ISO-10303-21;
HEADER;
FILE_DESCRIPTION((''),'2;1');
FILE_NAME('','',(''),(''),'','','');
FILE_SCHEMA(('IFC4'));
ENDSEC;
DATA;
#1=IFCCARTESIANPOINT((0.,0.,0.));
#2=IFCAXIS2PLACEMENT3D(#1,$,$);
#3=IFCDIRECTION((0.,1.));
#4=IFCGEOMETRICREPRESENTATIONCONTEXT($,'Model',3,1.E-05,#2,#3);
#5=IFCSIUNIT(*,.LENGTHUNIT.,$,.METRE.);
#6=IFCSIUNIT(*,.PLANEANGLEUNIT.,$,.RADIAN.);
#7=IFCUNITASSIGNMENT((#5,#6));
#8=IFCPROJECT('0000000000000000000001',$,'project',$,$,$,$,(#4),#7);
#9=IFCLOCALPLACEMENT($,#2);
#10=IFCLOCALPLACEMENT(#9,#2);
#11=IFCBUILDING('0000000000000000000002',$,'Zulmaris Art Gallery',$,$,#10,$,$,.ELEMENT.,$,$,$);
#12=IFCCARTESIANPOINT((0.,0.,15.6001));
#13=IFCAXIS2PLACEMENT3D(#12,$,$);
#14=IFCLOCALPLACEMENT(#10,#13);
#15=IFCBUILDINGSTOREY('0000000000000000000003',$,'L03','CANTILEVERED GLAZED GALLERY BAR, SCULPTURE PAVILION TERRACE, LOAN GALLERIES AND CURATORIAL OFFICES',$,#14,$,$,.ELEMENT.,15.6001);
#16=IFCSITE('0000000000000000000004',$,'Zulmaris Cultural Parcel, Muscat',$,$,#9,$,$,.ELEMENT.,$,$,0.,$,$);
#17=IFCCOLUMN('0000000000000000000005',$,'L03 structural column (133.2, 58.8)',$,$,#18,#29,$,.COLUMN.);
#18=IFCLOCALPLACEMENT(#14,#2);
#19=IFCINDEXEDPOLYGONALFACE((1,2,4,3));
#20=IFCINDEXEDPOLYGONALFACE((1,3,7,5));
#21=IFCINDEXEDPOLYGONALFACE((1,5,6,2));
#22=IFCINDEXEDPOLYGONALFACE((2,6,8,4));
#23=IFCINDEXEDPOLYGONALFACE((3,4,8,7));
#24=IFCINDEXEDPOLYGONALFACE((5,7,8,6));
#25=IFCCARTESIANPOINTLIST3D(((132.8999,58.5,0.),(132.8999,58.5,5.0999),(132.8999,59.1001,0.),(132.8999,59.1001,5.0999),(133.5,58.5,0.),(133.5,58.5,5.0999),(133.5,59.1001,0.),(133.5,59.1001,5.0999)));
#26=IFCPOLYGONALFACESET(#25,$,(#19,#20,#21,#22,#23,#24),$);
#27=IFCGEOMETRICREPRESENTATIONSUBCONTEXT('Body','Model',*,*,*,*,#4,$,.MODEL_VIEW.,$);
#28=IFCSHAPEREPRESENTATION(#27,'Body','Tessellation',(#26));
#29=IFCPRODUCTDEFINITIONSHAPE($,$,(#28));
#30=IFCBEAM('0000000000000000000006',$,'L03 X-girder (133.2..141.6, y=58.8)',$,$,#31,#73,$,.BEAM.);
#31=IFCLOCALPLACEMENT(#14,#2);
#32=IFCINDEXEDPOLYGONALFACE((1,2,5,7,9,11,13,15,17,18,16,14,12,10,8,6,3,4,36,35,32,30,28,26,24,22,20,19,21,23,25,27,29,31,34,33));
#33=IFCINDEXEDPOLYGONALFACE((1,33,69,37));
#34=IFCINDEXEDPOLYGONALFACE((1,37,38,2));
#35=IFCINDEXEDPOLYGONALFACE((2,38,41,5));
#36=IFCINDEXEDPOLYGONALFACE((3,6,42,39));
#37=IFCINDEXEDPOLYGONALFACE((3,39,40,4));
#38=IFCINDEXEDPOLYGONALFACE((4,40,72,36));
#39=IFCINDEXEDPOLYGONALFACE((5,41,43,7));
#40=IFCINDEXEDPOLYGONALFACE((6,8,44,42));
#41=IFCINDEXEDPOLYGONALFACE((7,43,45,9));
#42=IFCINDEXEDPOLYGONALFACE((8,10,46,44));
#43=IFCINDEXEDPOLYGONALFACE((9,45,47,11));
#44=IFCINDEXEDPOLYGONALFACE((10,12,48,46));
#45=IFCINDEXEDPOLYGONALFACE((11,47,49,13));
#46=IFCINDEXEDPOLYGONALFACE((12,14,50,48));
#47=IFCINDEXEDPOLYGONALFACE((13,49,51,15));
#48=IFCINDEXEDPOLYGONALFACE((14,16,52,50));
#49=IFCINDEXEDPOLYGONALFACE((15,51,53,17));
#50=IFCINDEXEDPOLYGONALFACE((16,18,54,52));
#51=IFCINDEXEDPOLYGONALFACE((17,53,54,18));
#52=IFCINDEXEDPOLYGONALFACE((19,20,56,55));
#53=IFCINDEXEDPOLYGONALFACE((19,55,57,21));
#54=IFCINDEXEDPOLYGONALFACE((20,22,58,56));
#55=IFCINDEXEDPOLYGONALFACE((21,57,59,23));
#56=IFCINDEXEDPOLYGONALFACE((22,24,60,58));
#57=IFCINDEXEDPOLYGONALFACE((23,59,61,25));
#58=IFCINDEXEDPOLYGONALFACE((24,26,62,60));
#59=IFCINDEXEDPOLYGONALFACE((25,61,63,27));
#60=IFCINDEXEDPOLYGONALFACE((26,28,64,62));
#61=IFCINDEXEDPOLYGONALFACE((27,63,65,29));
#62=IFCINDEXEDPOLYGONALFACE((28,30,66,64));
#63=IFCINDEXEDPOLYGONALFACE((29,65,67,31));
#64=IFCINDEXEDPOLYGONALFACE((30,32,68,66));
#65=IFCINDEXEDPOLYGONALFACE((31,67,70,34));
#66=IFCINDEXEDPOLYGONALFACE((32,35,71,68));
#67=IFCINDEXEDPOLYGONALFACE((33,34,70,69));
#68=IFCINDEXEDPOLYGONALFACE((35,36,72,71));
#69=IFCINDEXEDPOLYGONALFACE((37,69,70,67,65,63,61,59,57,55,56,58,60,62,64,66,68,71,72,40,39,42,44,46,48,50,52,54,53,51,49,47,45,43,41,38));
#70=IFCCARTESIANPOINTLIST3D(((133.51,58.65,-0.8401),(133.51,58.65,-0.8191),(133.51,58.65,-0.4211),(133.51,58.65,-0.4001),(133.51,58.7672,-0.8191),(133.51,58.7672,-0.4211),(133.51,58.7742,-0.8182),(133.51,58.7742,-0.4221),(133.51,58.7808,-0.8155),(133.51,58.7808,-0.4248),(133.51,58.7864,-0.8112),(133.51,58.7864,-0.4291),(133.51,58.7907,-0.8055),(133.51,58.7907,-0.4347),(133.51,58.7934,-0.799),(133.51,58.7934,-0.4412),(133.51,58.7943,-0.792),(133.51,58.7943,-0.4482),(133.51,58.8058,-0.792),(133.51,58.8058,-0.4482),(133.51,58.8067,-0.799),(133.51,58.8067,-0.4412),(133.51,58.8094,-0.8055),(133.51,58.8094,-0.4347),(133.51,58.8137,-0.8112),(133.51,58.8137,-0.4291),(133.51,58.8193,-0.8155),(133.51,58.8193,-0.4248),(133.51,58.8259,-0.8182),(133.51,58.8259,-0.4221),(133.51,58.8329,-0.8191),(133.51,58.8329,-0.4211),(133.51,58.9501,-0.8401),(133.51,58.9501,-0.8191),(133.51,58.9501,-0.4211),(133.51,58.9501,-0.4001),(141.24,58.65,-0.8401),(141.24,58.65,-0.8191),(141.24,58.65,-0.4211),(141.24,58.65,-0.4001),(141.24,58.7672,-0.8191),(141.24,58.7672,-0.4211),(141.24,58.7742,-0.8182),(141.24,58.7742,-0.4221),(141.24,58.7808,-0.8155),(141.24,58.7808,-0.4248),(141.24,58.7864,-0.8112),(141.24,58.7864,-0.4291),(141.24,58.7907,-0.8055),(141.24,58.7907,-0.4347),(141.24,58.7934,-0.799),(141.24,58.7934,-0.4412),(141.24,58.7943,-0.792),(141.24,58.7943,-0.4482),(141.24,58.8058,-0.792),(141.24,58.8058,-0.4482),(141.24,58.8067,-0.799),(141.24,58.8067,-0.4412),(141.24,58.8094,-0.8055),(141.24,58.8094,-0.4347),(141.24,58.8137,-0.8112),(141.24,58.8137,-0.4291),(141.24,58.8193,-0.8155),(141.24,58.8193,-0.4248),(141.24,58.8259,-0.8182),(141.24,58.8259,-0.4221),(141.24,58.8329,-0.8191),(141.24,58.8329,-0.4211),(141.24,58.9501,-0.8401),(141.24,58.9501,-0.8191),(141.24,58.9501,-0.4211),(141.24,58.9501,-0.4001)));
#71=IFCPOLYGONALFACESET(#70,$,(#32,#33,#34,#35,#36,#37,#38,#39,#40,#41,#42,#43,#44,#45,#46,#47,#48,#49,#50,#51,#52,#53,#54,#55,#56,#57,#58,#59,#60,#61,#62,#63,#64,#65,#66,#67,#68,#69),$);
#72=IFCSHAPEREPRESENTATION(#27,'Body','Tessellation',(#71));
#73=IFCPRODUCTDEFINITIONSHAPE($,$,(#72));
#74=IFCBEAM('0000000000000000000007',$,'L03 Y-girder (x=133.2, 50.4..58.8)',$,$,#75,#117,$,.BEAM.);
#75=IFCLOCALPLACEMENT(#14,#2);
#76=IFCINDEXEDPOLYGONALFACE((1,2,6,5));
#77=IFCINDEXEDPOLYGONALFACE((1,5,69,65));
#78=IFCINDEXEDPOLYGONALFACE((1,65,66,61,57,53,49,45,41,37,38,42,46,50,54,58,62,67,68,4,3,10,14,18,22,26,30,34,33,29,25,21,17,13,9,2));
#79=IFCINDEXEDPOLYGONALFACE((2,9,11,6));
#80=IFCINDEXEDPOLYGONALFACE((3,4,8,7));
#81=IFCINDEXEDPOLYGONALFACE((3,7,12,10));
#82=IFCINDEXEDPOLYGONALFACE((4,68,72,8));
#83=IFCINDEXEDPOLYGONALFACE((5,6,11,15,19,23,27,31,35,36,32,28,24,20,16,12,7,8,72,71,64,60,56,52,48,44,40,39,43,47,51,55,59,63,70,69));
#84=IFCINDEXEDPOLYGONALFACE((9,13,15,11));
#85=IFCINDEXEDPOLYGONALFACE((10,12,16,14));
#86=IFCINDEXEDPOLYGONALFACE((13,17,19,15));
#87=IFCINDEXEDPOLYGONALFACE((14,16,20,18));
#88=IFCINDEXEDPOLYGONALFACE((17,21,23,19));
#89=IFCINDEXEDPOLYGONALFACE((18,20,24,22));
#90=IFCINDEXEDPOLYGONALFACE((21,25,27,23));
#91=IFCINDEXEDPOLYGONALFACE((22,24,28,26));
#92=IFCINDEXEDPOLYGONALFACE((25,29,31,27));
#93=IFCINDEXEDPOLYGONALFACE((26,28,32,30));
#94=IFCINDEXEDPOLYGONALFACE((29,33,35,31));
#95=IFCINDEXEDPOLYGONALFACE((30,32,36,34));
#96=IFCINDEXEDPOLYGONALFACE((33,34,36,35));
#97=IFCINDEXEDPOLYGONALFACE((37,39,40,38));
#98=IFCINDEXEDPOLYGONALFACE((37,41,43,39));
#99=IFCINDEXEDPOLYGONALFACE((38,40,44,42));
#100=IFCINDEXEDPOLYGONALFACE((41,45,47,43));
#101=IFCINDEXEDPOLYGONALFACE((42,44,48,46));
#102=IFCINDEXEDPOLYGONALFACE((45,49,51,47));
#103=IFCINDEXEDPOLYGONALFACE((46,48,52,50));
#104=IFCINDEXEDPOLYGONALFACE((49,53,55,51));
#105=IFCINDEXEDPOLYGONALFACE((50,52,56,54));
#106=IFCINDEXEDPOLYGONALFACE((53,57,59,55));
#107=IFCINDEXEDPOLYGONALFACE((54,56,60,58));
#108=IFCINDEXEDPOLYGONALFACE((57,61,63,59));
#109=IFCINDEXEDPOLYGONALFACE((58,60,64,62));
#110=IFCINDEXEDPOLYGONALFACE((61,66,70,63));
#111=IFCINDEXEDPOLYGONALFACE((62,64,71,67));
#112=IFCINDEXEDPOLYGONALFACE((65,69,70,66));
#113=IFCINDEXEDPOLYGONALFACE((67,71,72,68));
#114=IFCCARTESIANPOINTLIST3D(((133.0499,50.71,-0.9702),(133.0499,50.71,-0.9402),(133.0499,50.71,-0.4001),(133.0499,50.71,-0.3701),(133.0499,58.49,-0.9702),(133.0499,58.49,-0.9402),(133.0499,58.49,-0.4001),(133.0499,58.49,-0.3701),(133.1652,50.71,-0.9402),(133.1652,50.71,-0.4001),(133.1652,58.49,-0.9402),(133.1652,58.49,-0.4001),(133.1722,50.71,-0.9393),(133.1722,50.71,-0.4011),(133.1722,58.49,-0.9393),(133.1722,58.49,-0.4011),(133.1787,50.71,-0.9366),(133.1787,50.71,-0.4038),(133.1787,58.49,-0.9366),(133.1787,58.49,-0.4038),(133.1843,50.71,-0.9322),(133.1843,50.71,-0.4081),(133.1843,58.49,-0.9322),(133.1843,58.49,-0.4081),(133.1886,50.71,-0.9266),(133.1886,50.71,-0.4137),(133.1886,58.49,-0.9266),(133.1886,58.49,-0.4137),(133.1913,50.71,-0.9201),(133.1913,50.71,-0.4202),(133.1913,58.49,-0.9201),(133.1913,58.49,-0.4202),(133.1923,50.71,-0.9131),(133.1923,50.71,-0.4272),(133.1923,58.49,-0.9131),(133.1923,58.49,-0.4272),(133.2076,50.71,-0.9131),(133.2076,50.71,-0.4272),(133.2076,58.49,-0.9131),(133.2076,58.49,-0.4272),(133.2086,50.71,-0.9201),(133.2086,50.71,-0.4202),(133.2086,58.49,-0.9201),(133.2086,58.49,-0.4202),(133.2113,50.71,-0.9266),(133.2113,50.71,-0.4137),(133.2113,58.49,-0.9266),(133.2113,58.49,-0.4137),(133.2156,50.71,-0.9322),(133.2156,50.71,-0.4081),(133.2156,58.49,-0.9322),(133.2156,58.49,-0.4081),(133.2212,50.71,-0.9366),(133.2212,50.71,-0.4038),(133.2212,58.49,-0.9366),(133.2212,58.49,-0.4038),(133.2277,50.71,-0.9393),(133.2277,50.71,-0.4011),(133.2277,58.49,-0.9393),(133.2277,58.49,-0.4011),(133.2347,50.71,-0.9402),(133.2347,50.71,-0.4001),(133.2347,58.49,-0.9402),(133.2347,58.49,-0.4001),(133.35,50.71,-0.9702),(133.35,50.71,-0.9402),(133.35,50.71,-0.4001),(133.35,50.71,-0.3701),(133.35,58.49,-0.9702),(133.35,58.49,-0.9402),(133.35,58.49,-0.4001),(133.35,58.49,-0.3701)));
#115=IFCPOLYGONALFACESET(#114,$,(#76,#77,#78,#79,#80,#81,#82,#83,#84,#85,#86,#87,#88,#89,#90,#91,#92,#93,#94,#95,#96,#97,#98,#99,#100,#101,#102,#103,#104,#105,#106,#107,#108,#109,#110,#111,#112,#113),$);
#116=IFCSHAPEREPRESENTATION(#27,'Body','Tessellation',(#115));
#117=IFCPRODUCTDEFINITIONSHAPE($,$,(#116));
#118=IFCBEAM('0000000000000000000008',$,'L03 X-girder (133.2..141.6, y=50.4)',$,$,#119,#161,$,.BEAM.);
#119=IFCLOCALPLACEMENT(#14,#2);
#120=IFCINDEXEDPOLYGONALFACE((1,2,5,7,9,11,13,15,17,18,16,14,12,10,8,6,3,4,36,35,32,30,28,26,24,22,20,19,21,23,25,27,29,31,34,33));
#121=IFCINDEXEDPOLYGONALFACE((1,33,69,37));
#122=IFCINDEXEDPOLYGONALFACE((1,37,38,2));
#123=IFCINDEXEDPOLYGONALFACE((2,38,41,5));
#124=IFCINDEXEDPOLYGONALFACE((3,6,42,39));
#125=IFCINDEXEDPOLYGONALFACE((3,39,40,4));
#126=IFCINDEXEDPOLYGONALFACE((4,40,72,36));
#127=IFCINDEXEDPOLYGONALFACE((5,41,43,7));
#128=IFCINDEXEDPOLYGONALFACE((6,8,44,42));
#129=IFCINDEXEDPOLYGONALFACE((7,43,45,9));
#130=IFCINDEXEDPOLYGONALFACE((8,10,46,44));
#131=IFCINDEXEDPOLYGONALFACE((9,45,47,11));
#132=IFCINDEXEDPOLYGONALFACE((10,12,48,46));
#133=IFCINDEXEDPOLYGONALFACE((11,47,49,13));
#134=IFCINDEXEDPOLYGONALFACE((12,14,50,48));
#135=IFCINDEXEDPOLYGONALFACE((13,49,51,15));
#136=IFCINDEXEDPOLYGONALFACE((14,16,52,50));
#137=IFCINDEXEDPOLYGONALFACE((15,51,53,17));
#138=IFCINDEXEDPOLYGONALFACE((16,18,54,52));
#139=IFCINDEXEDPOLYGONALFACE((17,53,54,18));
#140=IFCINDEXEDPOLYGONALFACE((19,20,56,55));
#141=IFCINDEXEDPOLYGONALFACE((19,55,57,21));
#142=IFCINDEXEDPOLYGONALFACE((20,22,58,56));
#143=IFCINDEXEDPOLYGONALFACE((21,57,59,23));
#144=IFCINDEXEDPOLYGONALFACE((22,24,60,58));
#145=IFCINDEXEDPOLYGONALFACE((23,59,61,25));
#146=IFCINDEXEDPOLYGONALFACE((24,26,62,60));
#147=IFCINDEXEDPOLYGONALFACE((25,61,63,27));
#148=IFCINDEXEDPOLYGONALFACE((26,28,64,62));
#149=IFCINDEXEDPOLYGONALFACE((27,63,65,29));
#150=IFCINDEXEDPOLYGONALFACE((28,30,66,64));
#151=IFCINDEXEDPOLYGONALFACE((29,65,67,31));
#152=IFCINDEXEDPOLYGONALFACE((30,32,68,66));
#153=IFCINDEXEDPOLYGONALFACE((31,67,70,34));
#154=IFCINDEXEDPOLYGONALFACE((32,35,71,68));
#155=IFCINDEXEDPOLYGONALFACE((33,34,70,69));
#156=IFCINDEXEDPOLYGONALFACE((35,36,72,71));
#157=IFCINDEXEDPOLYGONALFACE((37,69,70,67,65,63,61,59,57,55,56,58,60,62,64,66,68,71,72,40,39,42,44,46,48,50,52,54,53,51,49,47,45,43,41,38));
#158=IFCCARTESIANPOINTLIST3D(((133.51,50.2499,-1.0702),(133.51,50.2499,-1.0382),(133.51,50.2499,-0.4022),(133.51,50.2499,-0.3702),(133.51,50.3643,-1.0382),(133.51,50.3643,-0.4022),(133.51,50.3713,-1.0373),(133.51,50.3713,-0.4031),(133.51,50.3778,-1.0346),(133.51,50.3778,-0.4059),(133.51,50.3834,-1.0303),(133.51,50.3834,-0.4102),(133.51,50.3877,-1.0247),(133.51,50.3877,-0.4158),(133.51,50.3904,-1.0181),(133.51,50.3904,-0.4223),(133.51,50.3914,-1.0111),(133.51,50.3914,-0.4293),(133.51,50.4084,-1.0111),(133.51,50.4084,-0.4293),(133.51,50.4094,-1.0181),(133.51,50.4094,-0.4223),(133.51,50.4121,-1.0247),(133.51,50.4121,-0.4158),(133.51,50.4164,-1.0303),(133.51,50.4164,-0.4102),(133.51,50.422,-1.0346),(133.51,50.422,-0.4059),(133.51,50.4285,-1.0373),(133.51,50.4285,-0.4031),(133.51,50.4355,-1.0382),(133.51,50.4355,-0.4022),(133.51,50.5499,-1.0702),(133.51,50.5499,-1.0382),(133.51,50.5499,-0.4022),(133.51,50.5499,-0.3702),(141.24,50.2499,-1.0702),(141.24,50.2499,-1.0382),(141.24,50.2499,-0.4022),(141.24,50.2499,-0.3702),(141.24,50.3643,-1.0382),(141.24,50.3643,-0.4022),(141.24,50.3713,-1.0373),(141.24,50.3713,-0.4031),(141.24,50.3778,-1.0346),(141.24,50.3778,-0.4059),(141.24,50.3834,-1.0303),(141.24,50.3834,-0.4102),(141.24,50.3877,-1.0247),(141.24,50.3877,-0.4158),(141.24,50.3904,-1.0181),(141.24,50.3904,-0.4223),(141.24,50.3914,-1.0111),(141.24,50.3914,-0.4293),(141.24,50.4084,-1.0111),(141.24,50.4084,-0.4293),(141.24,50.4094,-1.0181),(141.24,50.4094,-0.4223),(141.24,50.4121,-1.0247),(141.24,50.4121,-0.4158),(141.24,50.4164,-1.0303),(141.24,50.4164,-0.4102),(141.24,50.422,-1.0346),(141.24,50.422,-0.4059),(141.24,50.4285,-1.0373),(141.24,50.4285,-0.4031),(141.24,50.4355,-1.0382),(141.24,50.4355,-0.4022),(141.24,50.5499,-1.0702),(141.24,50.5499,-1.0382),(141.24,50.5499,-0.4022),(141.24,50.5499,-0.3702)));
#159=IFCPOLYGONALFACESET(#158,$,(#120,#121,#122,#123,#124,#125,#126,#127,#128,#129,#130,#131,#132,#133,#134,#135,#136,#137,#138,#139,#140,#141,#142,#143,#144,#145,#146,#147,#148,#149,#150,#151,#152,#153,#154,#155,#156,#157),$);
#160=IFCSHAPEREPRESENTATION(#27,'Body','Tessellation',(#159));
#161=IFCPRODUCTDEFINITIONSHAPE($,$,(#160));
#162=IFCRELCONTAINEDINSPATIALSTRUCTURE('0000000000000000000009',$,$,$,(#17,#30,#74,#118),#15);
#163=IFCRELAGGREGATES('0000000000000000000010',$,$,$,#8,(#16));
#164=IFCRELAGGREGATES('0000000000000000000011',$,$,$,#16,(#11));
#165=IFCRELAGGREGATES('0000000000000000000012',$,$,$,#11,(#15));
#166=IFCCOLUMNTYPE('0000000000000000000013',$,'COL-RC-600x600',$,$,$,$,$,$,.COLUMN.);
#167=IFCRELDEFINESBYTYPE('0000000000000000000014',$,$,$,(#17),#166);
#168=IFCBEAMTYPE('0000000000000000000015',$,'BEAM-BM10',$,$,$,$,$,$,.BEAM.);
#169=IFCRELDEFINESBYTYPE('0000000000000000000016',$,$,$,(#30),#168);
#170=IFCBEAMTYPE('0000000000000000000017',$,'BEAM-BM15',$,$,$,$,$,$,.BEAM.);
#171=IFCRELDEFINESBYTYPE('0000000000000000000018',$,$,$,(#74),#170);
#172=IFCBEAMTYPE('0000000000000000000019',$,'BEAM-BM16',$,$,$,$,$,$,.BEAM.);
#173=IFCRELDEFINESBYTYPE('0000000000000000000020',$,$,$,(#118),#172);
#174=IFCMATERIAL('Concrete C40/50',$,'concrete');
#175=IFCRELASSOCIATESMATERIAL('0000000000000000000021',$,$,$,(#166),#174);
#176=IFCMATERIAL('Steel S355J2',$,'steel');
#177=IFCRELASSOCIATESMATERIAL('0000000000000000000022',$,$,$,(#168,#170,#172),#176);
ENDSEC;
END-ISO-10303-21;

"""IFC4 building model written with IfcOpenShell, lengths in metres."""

from ifc_helpers import new_model, si_unit, direction, frame, origin, origin_2d, place, context, subcontext, project, spatial, rectangle, i_section, extrude, material, material_profile, profile_set, type_object, element, save


model = new_model("IFC4")

# Units and contexts
model_context = context("Model", 3, precision=1e-05, world=origin(), true_north=direction((0.0, 1.0)))
body_context = subcontext(model_context, "Body", "Model", "MODEL_VIEW")
ifc_project = project(units=[si_unit("LENGTHUNIT", "METRE"), si_unit("PLANEANGLEUNIT", "RADIAN")], contexts=[model_context])

# Site, building, storey
site_placement = place(None, origin())
site = spatial("IfcSite", under=ifc_project, at=site_placement, Name="Zulmaris Cultural Parcel, Muscat", CompositionType="ELEMENT", RefElevation=0.0)
building_placement = place(site_placement, origin())
building = spatial("IfcBuilding", under=site, at=building_placement, Name="Zulmaris Art Gallery", CompositionType="ELEMENT")
storey_placement = place(building_placement, frame((0.0, 0.0, 15.6001)))
storey = spatial("IfcBuildingStorey", under=building, at=storey_placement, Name="L03", Description="CANTILEVERED GLAZED GALLERY BAR, SCULPTURE PAVILION TERRACE, LOAN GALLERIES AND CURATORIAL OFFICES", CompositionType="ELEMENT", Elevation=15.6001)

# Column
ifc_material_1 = material(Name="Concrete C40/50", Category="concrete")
ifc_material_profile_1 = material_profile(ifc_material_1, rectangle(XDim=0.6001, YDim=0.6001, at=origin_2d()), Name="RC 600x600")
ifc_profile_set_1 = profile_set([ifc_material_profile_1], Name="Concrete C40/50")
column_type = type_object("IfcColumnType", Name="COL-RC-600x600", PredefinedType="COLUMN", material=ifc_profile_set_1)
column_placement = place(storey_placement, frame((133.2, 58.8, 0.0), z_axis=(0.0, 0.0, 1.0), x_axis=(1.0, 0.0, 0.0)))
element("IfcColumn", 1, at=column_placement, inside=storey, type_object=column_type, Name="L03 structural column (133.2, 58.8)", PredefinedType="COLUMN", context=body_context, shape_type="SweptSolid", body=[
    extrude(rectangle(XDim=0.6001, YDim=0.6001, at=origin_2d()), origin(), (0.0, 0.0, 1.0), 5.0999),
])

# Beams
ifc_material_2 = material(Name="Steel S355J2", Category="steel")
ifc_material_profile_2 = material_profile(ifc_material_2, i_section(OverallWidth=0.3, OverallDepth=0.4399, WebThickness=0.0115, FlangeThickness=0.021, FilletRadius=0.0271, at=origin_2d()), Name="HEA 450")
ifc_profile_set_2 = profile_set([ifc_material_profile_2], Name="Steel S355J2")
beam_type_1 = type_object("IfcBeamType", Name="BEAM-BM10", PredefinedType="BEAM", material=ifc_profile_set_2)
beam_1_placement = place(storey_placement, frame((133.51, 58.8, -0.6201), z_axis=(1.0, 0.0, 0.0), x_axis=(0.0, 1.0, 0.0)))
element("IfcBeam", 2, at=beam_1_placement, inside=storey, type_object=beam_type_1, Name="L03 X-girder (133.2..141.6, y=58.8)", PredefinedType="BEAM", context=body_context, shape_type="SweptSolid", body=[
    extrude(i_section(OverallWidth=0.3, OverallDepth=0.4399, WebThickness=0.0115, FlangeThickness=0.021, FilletRadius=0.0271, at=origin_2d()), origin(), (0.0, 0.0, 1.0), 7.73),
])
ifc_material_profile_3 = material_profile(ifc_material_2, i_section(OverallWidth=0.3, OverallDepth=0.6001, WebThickness=0.0154, FlangeThickness=0.03, FilletRadius=0.0271, at=origin_2d()), Name="HEB 600")
ifc_profile_set_3 = profile_set([ifc_material_profile_3], Name="Steel S355J2")
beam_type_2 = type_object("IfcBeamType", Name="BEAM-BM15", PredefinedType="BEAM", material=ifc_profile_set_3)
beam_2_placement = place(storey_placement, frame((133.2, 50.71, -0.6702), z_axis=(0.0, 1.0, 0.0), x_axis=(-1.0, 0.0, 0.0)))
element("IfcBeam", 3, at=beam_2_placement, inside=storey, type_object=beam_type_2, Name="L03 Y-girder (x=133.2, 50.4..58.8)", PredefinedType="BEAM", context=body_context, shape_type="SweptSolid", body=[
    extrude(i_section(OverallWidth=0.3, OverallDepth=0.6001, WebThickness=0.0154, FlangeThickness=0.03, FilletRadius=0.0271, at=origin_2d()), origin(), (0.0, 0.0, 1.0), 7.78),
])
ifc_material_profile_4 = material_profile(ifc_material_2, i_section(OverallWidth=0.3, OverallDepth=0.7, WebThickness=0.0171, FlangeThickness=0.032, FilletRadius=0.0271, at=origin_2d()), Name="HEB 700")
ifc_profile_set_4 = profile_set([ifc_material_profile_4], Name="Steel S355J2")
beam_type_3 = type_object("IfcBeamType", Name="BEAM-BM16", PredefinedType="BEAM", material=ifc_profile_set_4)
beam_3_placement = place(storey_placement, frame((133.51, 50.3999, -0.7202), z_axis=(1.0, 0.0, 0.0), x_axis=(0.0, 1.0, 0.0)))
element("IfcBeam", 4, at=beam_3_placement, inside=storey, type_object=beam_type_3, Name="L03 X-girder (133.2..141.6, y=50.4)", PredefinedType="BEAM", context=body_context, shape_type="SweptSolid", body=[
    extrude(i_section(OverallWidth=0.3, OverallDepth=0.7, WebThickness=0.0171, FlangeThickness=0.032, FilletRadius=0.0271, at=origin_2d()), origin(), (0.0, 0.0, 1.0), 7.73),
])

save(model, "model.ifc")
